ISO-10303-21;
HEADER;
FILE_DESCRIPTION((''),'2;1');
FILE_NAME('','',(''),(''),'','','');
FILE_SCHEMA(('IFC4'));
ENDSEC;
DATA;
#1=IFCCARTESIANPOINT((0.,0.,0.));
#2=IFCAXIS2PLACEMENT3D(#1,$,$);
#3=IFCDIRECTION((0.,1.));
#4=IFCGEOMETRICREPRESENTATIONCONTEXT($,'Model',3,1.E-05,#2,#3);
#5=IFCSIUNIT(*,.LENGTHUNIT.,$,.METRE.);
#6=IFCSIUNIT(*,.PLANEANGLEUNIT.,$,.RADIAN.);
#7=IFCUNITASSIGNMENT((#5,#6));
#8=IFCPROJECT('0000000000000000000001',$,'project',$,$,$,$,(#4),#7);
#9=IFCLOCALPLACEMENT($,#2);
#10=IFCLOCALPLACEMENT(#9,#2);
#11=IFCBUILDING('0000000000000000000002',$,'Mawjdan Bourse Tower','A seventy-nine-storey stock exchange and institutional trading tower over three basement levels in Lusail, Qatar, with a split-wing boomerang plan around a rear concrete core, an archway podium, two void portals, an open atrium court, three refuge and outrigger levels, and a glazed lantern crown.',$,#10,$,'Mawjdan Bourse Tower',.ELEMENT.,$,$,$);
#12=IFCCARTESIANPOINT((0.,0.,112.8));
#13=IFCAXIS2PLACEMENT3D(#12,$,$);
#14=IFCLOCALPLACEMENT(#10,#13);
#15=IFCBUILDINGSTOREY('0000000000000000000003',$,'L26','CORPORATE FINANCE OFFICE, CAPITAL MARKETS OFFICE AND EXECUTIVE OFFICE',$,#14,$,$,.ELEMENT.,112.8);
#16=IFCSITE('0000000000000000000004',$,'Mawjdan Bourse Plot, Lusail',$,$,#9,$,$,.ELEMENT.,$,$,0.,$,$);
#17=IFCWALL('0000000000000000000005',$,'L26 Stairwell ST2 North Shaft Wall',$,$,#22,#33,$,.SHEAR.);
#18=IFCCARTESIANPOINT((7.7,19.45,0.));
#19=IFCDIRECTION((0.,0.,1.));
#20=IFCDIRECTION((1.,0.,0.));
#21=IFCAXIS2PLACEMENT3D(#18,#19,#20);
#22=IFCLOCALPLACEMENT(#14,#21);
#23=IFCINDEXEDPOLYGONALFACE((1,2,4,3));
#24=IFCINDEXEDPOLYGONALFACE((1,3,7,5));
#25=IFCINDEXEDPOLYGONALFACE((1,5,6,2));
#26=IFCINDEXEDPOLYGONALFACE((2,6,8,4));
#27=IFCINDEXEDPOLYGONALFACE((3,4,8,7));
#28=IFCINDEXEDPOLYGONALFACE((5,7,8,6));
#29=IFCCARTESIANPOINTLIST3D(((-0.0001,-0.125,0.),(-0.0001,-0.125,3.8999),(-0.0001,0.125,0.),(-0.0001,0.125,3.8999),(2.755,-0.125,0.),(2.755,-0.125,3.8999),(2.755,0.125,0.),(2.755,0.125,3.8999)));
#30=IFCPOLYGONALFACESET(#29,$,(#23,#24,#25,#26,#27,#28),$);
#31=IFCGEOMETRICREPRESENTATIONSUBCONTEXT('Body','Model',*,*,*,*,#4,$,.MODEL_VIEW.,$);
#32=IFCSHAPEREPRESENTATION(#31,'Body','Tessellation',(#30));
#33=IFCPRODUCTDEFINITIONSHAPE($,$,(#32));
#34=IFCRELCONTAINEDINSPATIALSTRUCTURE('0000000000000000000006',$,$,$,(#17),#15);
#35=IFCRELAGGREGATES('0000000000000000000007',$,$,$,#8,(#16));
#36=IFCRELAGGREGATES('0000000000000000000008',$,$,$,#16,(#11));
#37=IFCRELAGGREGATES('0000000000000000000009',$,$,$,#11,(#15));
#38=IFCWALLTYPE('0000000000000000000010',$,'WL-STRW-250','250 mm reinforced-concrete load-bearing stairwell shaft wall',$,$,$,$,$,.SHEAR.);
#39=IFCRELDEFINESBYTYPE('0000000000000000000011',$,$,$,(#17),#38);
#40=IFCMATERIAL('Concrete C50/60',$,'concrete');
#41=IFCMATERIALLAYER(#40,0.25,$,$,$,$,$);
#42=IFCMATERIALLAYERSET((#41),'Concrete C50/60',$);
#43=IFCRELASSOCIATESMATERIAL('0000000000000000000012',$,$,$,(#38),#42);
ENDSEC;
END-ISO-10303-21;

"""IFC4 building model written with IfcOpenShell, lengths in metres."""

from ifc_helpers import new_model, si_unit, direction, frame, frame_2d, origin, place, context, subcontext, project, spatial, rectangle, extrude, material, layer, layer_set, type_object, element, save


model = new_model("IFC4")

# Units and contexts
model_context = context("Model", 3, precision=1e-05, world=origin(), true_north=direction((0.0, 1.0)))
body_context = subcontext(model_context, "Body", "Model", "MODEL_VIEW")
ifc_project = project(units=[si_unit("LENGTHUNIT", "METRE"), si_unit("PLANEANGLEUNIT", "RADIAN")], contexts=[model_context])

# Site, building, storey
site_placement = place(None, origin())
site = spatial("IfcSite", under=ifc_project, at=site_placement, Name="Mawjdan Bourse Plot, Lusail", CompositionType="ELEMENT", RefElevation=0.0)
building_placement = place(site_placement, origin())
building = spatial("IfcBuilding", under=site, at=building_placement, Name="Mawjdan Bourse Tower", Description="A seventy-nine-storey stock exchange and institutional trading tower over three basement levels in Lusail, Qatar, with a split-wing boomerang plan around a rear concrete core, an archway podium, two void portals, an open atrium court, three refuge and outrigger levels, and a glazed lantern crown.", LongName="Mawjdan Bourse Tower", CompositionType="ELEMENT")
storey_placement = place(building_placement, frame((0.0, 0.0, 112.8)))
storey = spatial("IfcBuildingStorey", under=building, at=storey_placement, Name="L26", Description="CORPORATE FINANCE OFFICE, CAPITAL MARKETS OFFICE AND EXECUTIVE OFFICE", CompositionType="ELEMENT", Elevation=112.8)

# Wall
ifc_material_1 = material(Name="Concrete C50/60", Category="concrete")
ifc_layer_1 = layer(ifc_material_1, 0.25)
ifc_layer_set_1 = layer_set([ifc_layer_1], Name="Concrete C50/60")
wall_type_1 = type_object("IfcWallType", Name="WL-STRW-250", Description="250 mm reinforced-concrete load-bearing stairwell shaft wall", PredefinedType="SHEAR", material=ifc_layer_set_1)
wall_1_placement = place(storey_placement, frame((7.7, 19.45, 0.0), z_axis=(0.0, 0.0, 1.0), x_axis=(1.0, 0.0, 0.0)))
element("IfcWall", 1, at=wall_1_placement, inside=storey, type_object=wall_type_1, Name="L26 Stairwell ST2 North Shaft Wall", PredefinedType="SHEAR", context=body_context, shape_type="SweptSolid", body=[
    extrude(rectangle(XDim=2.7551, YDim=0.25, at=frame_2d((1.3774, 0.0))), origin(), (0.0, 0.0, 1.0), 3.8999),
])

save(model, "model.ifc")
